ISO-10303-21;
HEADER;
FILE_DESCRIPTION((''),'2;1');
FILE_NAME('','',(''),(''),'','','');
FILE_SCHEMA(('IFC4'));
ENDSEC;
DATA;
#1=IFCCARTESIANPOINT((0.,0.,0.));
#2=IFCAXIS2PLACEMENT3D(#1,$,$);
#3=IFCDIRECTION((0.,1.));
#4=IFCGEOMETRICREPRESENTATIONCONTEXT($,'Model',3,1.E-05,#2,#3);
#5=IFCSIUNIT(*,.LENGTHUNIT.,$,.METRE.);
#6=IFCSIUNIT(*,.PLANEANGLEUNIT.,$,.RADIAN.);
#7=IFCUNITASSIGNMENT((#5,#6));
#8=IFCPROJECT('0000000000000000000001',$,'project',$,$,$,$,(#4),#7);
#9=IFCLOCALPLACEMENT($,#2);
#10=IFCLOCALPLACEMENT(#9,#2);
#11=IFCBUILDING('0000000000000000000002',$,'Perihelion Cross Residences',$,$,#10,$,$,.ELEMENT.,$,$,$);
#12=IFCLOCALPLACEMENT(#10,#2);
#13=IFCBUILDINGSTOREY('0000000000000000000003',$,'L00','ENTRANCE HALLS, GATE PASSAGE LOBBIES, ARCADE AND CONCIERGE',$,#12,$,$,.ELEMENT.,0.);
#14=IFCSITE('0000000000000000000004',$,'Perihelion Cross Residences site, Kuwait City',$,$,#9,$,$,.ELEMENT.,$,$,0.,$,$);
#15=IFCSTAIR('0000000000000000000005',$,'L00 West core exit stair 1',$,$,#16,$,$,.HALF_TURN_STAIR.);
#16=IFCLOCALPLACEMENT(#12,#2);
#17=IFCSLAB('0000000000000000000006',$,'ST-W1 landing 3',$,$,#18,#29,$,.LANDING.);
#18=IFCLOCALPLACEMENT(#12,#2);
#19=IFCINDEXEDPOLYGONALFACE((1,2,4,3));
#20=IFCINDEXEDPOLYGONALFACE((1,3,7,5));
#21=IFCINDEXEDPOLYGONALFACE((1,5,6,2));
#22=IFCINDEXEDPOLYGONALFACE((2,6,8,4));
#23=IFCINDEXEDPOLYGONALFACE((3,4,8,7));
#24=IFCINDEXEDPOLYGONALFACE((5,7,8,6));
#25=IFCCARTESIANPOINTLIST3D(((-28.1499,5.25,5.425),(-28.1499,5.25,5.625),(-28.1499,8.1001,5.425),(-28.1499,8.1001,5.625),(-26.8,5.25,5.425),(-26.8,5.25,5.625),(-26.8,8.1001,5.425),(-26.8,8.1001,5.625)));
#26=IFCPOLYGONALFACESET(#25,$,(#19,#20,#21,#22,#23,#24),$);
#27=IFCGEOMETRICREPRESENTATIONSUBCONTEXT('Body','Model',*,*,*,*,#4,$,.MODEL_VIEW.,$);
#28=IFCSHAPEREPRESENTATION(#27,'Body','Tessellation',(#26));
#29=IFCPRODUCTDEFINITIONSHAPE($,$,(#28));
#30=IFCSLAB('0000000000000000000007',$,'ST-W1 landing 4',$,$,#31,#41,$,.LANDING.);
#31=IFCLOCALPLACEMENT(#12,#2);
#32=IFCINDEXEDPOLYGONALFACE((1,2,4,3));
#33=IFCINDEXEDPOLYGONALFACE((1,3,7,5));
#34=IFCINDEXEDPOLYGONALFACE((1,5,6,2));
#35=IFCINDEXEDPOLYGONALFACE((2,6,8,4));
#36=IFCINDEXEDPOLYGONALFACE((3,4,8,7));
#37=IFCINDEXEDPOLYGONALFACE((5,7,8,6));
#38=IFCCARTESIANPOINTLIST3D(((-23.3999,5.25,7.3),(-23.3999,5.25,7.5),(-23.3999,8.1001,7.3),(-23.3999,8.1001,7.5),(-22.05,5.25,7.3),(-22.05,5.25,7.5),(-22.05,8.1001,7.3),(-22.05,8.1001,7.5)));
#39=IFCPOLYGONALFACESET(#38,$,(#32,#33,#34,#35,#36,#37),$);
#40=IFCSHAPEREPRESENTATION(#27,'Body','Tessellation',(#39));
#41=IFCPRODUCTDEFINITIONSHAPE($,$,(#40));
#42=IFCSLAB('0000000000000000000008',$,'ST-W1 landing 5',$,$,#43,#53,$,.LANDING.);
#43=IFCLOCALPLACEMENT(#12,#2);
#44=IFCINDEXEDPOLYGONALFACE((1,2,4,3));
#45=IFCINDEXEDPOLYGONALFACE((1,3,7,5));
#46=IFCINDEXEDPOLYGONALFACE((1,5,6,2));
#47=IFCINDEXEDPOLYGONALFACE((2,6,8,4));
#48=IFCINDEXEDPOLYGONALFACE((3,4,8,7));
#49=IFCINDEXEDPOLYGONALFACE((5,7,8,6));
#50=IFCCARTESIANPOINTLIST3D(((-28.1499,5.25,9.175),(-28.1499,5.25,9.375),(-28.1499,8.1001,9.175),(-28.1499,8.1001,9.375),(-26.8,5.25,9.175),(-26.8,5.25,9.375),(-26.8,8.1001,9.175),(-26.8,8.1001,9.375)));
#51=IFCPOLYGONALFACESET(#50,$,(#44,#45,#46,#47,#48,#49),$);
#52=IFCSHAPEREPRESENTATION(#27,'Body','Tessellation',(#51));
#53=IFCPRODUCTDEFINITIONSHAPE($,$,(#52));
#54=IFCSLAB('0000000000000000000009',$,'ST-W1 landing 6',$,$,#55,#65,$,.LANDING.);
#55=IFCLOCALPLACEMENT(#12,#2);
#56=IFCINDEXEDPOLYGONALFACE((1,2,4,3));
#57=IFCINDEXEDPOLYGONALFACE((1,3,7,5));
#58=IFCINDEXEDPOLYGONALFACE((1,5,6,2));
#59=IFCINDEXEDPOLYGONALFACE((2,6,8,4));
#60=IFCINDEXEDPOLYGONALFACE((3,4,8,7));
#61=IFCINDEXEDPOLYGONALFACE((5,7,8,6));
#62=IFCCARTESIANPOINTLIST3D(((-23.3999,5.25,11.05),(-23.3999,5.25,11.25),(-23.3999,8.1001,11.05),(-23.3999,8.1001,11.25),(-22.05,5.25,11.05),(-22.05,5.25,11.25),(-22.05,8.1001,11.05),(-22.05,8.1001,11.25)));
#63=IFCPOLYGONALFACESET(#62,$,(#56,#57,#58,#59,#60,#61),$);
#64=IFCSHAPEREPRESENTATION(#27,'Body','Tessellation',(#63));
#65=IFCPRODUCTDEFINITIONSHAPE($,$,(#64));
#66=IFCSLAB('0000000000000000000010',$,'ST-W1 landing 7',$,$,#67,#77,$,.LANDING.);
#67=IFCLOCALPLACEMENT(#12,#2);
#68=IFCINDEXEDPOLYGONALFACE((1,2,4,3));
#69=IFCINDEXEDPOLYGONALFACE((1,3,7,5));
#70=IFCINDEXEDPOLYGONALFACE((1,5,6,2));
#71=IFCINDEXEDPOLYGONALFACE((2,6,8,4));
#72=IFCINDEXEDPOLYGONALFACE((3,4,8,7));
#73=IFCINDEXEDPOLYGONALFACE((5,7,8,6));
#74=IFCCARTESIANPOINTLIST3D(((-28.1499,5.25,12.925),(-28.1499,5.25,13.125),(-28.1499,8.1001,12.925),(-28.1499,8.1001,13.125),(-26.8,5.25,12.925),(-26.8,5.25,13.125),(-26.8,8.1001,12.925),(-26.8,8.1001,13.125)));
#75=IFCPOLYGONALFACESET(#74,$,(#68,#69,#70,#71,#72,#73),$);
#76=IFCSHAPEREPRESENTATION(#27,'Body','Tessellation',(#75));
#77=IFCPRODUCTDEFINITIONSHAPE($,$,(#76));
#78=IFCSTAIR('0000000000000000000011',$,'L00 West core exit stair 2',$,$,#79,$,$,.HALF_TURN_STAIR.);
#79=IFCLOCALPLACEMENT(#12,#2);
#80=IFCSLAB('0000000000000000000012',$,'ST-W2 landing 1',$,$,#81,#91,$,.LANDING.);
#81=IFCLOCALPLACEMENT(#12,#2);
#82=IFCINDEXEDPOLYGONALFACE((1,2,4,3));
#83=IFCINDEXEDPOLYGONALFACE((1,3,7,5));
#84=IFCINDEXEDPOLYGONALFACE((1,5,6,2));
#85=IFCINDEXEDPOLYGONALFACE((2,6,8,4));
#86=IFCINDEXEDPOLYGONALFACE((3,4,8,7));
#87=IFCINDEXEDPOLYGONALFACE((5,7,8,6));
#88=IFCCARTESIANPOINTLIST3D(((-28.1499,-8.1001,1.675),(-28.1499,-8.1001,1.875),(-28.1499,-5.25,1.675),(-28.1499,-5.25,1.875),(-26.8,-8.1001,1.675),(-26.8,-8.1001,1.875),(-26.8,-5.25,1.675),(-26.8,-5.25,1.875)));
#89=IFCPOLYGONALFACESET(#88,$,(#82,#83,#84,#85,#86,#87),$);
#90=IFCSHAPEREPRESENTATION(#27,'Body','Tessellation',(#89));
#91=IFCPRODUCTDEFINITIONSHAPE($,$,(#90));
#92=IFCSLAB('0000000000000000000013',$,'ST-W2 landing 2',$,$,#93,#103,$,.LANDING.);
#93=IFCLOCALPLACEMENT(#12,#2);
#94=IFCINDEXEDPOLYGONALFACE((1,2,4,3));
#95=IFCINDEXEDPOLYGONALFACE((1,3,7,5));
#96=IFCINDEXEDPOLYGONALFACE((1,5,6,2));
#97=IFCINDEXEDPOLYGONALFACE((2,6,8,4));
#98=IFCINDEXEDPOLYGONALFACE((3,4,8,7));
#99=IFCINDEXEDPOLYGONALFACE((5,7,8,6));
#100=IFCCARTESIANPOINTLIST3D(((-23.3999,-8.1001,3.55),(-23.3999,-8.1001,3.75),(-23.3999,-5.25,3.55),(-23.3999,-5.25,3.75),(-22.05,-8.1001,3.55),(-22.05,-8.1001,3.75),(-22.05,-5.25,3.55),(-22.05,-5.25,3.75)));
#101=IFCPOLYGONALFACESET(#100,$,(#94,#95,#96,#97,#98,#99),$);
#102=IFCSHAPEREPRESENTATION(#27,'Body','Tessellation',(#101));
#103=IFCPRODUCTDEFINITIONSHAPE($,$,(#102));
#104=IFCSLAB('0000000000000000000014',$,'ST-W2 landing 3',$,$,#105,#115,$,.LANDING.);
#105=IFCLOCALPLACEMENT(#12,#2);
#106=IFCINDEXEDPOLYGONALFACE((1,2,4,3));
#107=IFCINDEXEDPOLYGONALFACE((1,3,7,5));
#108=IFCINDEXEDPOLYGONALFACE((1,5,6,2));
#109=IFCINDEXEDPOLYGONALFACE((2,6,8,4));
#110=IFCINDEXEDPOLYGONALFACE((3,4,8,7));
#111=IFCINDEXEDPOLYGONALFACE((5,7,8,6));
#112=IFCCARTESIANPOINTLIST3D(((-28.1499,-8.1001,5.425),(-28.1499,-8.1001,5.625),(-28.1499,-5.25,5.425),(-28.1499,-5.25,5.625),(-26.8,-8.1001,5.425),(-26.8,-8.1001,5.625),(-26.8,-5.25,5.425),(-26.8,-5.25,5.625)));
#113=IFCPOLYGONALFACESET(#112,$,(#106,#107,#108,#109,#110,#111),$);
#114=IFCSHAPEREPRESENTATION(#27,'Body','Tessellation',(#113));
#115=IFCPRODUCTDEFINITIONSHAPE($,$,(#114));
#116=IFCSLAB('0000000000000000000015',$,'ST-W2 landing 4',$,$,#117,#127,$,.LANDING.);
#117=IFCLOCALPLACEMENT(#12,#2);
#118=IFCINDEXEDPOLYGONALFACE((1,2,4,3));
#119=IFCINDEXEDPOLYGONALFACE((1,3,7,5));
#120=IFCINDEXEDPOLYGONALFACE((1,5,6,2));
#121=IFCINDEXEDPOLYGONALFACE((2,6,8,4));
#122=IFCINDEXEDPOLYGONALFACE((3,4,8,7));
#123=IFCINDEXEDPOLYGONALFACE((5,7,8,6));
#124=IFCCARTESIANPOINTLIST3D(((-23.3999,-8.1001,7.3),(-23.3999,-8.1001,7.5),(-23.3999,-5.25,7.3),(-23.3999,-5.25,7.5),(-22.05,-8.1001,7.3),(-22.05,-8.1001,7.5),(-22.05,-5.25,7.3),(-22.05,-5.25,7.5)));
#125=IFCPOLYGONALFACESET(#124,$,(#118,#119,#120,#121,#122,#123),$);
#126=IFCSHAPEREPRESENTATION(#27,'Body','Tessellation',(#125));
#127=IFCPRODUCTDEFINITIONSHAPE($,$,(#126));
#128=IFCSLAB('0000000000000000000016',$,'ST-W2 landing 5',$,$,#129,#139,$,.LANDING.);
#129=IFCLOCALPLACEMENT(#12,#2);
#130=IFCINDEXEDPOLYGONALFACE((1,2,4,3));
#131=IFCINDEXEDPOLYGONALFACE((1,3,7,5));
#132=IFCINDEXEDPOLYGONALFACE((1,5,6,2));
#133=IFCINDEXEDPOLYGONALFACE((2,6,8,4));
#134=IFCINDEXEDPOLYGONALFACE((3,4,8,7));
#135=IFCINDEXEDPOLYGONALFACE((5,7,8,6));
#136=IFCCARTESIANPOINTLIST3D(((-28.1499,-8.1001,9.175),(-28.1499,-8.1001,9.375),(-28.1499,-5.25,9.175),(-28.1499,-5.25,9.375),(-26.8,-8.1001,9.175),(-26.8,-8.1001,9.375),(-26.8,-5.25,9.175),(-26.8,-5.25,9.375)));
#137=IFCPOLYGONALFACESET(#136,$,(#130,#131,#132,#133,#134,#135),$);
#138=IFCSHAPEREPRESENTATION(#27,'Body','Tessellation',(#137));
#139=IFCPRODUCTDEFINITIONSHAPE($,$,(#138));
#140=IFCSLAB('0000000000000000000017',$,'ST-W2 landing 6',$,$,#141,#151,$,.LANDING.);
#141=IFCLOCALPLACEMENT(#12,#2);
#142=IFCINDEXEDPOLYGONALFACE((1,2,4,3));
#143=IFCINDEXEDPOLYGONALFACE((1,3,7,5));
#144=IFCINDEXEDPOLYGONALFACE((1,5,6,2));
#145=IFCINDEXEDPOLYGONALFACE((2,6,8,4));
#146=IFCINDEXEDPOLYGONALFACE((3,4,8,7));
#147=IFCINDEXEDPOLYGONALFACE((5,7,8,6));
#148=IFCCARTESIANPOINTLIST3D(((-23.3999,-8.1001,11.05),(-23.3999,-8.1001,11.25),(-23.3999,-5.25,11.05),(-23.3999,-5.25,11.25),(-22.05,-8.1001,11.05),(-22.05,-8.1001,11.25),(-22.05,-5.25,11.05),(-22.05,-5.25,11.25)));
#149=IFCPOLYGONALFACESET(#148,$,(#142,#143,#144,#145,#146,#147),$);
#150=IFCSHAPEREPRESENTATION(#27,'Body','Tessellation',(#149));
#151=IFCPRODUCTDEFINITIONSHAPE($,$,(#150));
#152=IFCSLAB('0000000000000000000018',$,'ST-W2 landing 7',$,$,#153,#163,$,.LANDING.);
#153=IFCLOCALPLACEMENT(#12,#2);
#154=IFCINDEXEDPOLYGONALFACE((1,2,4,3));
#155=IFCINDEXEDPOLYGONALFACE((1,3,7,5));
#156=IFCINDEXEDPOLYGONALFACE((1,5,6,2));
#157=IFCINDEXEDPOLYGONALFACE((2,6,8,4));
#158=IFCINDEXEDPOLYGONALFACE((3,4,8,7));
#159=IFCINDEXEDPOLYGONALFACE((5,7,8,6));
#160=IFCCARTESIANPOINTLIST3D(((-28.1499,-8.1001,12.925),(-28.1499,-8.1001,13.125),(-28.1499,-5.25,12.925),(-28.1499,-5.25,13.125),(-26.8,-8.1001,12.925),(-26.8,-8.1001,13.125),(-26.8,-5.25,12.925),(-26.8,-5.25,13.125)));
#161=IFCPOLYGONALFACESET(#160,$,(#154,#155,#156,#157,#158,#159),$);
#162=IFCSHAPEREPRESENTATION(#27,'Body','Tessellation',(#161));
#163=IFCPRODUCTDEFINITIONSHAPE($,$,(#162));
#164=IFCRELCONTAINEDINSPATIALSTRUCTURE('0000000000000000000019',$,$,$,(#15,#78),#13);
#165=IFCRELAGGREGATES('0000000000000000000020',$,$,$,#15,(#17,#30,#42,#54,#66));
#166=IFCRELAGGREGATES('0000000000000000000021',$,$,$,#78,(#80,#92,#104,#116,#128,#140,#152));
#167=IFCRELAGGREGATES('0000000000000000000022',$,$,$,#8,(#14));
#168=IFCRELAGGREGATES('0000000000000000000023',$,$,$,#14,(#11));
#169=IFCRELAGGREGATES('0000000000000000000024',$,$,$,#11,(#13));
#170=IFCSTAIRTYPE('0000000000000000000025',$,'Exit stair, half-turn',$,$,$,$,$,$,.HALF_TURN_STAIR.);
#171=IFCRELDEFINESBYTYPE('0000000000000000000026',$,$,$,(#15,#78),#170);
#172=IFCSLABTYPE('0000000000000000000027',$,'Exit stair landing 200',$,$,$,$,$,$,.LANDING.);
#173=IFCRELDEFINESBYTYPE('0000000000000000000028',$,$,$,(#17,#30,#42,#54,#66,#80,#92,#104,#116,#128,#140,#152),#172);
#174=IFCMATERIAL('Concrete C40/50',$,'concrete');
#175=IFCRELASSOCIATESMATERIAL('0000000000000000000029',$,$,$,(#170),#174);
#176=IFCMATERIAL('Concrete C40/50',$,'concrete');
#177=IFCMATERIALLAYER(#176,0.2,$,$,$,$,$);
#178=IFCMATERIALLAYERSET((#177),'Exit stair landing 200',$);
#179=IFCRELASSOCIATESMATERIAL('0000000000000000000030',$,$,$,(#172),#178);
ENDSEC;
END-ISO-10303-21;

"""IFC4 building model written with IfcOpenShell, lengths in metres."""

from ifc_helpers import new_model, si_unit, direction, frame, origin, place, context, subcontext, project, spatial, polyline, outline, extrude, material, layer, layer_set, type_object, element, aggregate, save


model = new_model("IFC4")

# Units and contexts
model_context = context("Model", 3, precision=1e-05, world=origin(), true_north=direction((0.0, 1.0)))
body_context = subcontext(model_context, "Body", "Model", "MODEL_VIEW")
ifc_project = project(units=[si_unit("LENGTHUNIT", "METRE"), si_unit("PLANEANGLEUNIT", "RADIAN")], contexts=[model_context])

# Site, building, storey
site_placement = place(None, origin())
site = spatial("IfcSite", under=ifc_project, at=site_placement, Name="Perihelion Cross Residences site, Kuwait City", CompositionType="ELEMENT", RefElevation=0.0)
building_placement = place(site_placement, origin())
building = spatial("IfcBuilding", under=site, at=building_placement, Name="Perihelion Cross Residences", CompositionType="ELEMENT")
storey_placement = place(building_placement, origin())
storey = spatial("IfcBuildingStorey", under=building, at=storey_placement, Name="L00", Description="ENTRANCE HALLS, GATE PASSAGE LOBBIES, ARCADE AND CONCIERGE", CompositionType="ELEMENT", Elevation=0.0)

# Stairs, slabs
ifc_material_1 = material(Name="Concrete C40/50", Category="concrete")
stair_type = type_object("IfcStairType", Name="Exit stair, half-turn", PredefinedType="HALF_TURN_STAIR", material=ifc_material_1)
stair_1_placement = place(storey_placement, origin())
stair_1 = element("IfcStair", 1, at=stair_1_placement, inside=storey, type_object=stair_type, Name="L00 West core exit stair 1", PredefinedType="HALF_TURN_STAIR")
ifc_material_2 = material(Name="Concrete C40/50", Category="concrete")
ifc_layer_1 = layer(ifc_material_2, 0.2)
ifc_layer_set_1 = layer_set([ifc_layer_1], Name="Exit stair landing 200")
slab_type_1 = type_object("IfcSlabType", Name="Exit stair landing 200", PredefinedType="LANDING", material=ifc_layer_set_1)
slab_1_placement = place(storey_placement, frame((0.0, 0.0, 5.425)))
slab_1 = element("IfcSlab", 2, at=slab_1_placement, type_object=slab_type_1, Name="ST-W1 landing 3", PredefinedType="LANDING", context=body_context, shape_type="SweptSolid", body=[
    extrude(outline(polyline([(-26.8, 8.1001), (-28.1499, 8.1001), (-28.1499, 5.25), (-26.8, 5.25), (-26.8, 8.1001)])), origin(), (0.0, 0.0, 1.0), 0.2),
])
slab_2_placement = place(storey_placement, frame((0.0, 0.0, 7.3)))
slab_2 = element("IfcSlab", 3, at=slab_2_placement, type_object=slab_type_1, Name="ST-W1 landing 4", PredefinedType="LANDING", context=body_context, shape_type="SweptSolid", body=[
    extrude(outline(polyline([(-22.05, 8.1001), (-23.3999, 8.1001), (-23.3999, 5.25), (-22.05, 5.25), (-22.05, 8.1001)])), origin(), (0.0, 0.0, 1.0), 0.2),
])
slab_3_placement = place(storey_placement, frame((0.0, 0.0, 9.175)))
slab_3 = element("IfcSlab", 4, at=slab_3_placement, type_object=slab_type_1, Name="ST-W1 landing 5", PredefinedType="LANDING", context=body_context, shape_type="SweptSolid", body=[
    extrude(outline(polyline([(-26.8, 8.1001), (-28.1499, 8.1001), (-28.1499, 5.25), (-26.8, 5.25), (-26.8, 8.1001)])), origin(), (0.0, 0.0, 1.0), 0.2),
])
slab_4_placement = place(storey_placement, frame((0.0, 0.0, 11.05)))
slab_4 = element("IfcSlab", 5, at=slab_4_placement, type_object=slab_type_1, Name="ST-W1 landing 6", PredefinedType="LANDING", context=body_context, shape_type="SweptSolid", body=[
    extrude(outline(polyline([(-22.05, 8.1001), (-23.3999, 8.1001), (-23.3999, 5.25), (-22.05, 5.25), (-22.05, 8.1001)])), origin(), (0.0, 0.0, 1.0), 0.2),
])
slab_5_placement = place(storey_placement, frame((0.0, 0.0, 12.925)))
slab_5 = element("IfcSlab", 6, at=slab_5_placement, type_object=slab_type_1, Name="ST-W1 landing 7", PredefinedType="LANDING", context=body_context, shape_type="SweptSolid", body=[
    extrude(outline(polyline([(-26.8, 8.1001), (-28.1499, 8.1001), (-28.1499, 5.25), (-26.8, 5.25), (-26.8, 8.1001)])), origin(), (0.0, 0.0, 1.0), 0.2),
])
aggregate(stair_1, [slab_1, slab_2, slab_3, slab_4, slab_5])
stair_2_placement = place(storey_placement, origin())
stair_2 = element("IfcStair", 7, at=stair_2_placement, inside=storey, type_object=stair_type, Name="L00 West core exit stair 2", PredefinedType="HALF_TURN_STAIR")
slab_6_placement = place(storey_placement, frame((0.0, 0.0, 1.675)))
slab_6 = element("IfcSlab", 8, at=slab_6_placement, type_object=slab_type_1, Name="ST-W2 landing 1", PredefinedType="LANDING", context=body_context, shape_type="SweptSolid", body=[
    extrude(outline(polyline([(-26.8, -5.25), (-28.1499, -5.25), (-28.1499, -8.1001), (-26.8, -8.1001), (-26.8, -5.25)])), origin(), (0.0, 0.0, 1.0), 0.2),
])
slab_7_placement = place(storey_placement, frame((0.0, 0.0, 3.55)))
slab_7 = element("IfcSlab", 9, at=slab_7_placement, type_object=slab_type_1, Name="ST-W2 landing 2", PredefinedType="LANDING", context=body_context, shape_type="SweptSolid", body=[
    extrude(outline(polyline([(-22.05, -5.25), (-23.3999, -5.25), (-23.3999, -8.1001), (-22.05, -8.1001), (-22.05, -5.25)])), origin(), (0.0, 0.0, 1.0), 0.2),
])
slab_8_placement = place(storey_placement, frame((0.0, 0.0, 5.425)))
slab_8 = element("IfcSlab", 10, at=slab_8_placement, type_object=slab_type_1, Name="ST-W2 landing 3", PredefinedType="LANDING", context=body_context, shape_type="SweptSolid", body=[
    extrude(outline(polyline([(-26.8, -5.25), (-28.1499, -5.25), (-28.1499, -8.1001), (-26.8, -8.1001), (-26.8, -5.25)])), origin(), (0.0, 0.0, 1.0), 0.2),
])
slab_9_placement = place(storey_placement, frame((0.0, 0.0, 7.3)))
slab_9 = element("IfcSlab", 11, at=slab_9_placement, type_object=slab_type_1, Name="ST-W2 landing 4", PredefinedType="LANDING", context=body_context, shape_type="SweptSolid", body=[
    extrude(outline(polyline([(-22.05, -5.25), (-23.3999, -5.25), (-23.3999, -8.1001), (-22.05, -8.1001), (-22.05, -5.25)])), origin(), (0.0, 0.0, 1.0), 0.2),
])
slab_10_placement = place(storey_placement, frame((0.0, 0.0, 9.175)))
slab_10 = element("IfcSlab", 12, at=slab_10_placement, type_object=slab_type_1, Name="ST-W2 landing 5", PredefinedType="LANDING", context=body_context, shape_type="SweptSolid", body=[
    extrude(outline(polyline([(-26.8, -5.25), (-28.1499, -5.25), (-28.1499, -8.1001), (-26.8, -8.1001), (-26.8, -5.25)])), origin(), (0.0, 0.0, 1.0), 0.2),
])
slab_11_placement = place(storey_placement, frame((0.0, 0.0, 11.05)))
slab_11 = element("IfcSlab", 13, at=slab_11_placement, type_object=slab_type_1, Name="ST-W2 landing 6", PredefinedType="LANDING", context=body_context, shape_type="SweptSolid", body=[
    extrude(outline(polyline([(-22.05, -5.25), (-23.3999, -5.25), (-23.3999, -8.1001), (-22.05, -8.1001), (-22.05, -5.25)])), origin(), (0.0, 0.0, 1.0), 0.2),
])
slab_12_placement = place(storey_placement, frame((0.0, 0.0, 12.925)))
slab_12 = element("IfcSlab", 14, at=slab_12_placement, type_object=slab_type_1, Name="ST-W2 landing 7", PredefinedType="LANDING", context=body_context, shape_type="SweptSolid", body=[
    extrude(outline(polyline([(-26.8, -5.25), (-28.1499, -5.25), (-28.1499, -8.1001), (-26.8, -8.1001), (-26.8, -5.25)])), origin(), (0.0, 0.0, 1.0), 0.2),
])
aggregate(stair_2, [slab_6, slab_7, slab_8, slab_9, slab_10, slab_11, slab_12])

save(model, "model.ifc")
